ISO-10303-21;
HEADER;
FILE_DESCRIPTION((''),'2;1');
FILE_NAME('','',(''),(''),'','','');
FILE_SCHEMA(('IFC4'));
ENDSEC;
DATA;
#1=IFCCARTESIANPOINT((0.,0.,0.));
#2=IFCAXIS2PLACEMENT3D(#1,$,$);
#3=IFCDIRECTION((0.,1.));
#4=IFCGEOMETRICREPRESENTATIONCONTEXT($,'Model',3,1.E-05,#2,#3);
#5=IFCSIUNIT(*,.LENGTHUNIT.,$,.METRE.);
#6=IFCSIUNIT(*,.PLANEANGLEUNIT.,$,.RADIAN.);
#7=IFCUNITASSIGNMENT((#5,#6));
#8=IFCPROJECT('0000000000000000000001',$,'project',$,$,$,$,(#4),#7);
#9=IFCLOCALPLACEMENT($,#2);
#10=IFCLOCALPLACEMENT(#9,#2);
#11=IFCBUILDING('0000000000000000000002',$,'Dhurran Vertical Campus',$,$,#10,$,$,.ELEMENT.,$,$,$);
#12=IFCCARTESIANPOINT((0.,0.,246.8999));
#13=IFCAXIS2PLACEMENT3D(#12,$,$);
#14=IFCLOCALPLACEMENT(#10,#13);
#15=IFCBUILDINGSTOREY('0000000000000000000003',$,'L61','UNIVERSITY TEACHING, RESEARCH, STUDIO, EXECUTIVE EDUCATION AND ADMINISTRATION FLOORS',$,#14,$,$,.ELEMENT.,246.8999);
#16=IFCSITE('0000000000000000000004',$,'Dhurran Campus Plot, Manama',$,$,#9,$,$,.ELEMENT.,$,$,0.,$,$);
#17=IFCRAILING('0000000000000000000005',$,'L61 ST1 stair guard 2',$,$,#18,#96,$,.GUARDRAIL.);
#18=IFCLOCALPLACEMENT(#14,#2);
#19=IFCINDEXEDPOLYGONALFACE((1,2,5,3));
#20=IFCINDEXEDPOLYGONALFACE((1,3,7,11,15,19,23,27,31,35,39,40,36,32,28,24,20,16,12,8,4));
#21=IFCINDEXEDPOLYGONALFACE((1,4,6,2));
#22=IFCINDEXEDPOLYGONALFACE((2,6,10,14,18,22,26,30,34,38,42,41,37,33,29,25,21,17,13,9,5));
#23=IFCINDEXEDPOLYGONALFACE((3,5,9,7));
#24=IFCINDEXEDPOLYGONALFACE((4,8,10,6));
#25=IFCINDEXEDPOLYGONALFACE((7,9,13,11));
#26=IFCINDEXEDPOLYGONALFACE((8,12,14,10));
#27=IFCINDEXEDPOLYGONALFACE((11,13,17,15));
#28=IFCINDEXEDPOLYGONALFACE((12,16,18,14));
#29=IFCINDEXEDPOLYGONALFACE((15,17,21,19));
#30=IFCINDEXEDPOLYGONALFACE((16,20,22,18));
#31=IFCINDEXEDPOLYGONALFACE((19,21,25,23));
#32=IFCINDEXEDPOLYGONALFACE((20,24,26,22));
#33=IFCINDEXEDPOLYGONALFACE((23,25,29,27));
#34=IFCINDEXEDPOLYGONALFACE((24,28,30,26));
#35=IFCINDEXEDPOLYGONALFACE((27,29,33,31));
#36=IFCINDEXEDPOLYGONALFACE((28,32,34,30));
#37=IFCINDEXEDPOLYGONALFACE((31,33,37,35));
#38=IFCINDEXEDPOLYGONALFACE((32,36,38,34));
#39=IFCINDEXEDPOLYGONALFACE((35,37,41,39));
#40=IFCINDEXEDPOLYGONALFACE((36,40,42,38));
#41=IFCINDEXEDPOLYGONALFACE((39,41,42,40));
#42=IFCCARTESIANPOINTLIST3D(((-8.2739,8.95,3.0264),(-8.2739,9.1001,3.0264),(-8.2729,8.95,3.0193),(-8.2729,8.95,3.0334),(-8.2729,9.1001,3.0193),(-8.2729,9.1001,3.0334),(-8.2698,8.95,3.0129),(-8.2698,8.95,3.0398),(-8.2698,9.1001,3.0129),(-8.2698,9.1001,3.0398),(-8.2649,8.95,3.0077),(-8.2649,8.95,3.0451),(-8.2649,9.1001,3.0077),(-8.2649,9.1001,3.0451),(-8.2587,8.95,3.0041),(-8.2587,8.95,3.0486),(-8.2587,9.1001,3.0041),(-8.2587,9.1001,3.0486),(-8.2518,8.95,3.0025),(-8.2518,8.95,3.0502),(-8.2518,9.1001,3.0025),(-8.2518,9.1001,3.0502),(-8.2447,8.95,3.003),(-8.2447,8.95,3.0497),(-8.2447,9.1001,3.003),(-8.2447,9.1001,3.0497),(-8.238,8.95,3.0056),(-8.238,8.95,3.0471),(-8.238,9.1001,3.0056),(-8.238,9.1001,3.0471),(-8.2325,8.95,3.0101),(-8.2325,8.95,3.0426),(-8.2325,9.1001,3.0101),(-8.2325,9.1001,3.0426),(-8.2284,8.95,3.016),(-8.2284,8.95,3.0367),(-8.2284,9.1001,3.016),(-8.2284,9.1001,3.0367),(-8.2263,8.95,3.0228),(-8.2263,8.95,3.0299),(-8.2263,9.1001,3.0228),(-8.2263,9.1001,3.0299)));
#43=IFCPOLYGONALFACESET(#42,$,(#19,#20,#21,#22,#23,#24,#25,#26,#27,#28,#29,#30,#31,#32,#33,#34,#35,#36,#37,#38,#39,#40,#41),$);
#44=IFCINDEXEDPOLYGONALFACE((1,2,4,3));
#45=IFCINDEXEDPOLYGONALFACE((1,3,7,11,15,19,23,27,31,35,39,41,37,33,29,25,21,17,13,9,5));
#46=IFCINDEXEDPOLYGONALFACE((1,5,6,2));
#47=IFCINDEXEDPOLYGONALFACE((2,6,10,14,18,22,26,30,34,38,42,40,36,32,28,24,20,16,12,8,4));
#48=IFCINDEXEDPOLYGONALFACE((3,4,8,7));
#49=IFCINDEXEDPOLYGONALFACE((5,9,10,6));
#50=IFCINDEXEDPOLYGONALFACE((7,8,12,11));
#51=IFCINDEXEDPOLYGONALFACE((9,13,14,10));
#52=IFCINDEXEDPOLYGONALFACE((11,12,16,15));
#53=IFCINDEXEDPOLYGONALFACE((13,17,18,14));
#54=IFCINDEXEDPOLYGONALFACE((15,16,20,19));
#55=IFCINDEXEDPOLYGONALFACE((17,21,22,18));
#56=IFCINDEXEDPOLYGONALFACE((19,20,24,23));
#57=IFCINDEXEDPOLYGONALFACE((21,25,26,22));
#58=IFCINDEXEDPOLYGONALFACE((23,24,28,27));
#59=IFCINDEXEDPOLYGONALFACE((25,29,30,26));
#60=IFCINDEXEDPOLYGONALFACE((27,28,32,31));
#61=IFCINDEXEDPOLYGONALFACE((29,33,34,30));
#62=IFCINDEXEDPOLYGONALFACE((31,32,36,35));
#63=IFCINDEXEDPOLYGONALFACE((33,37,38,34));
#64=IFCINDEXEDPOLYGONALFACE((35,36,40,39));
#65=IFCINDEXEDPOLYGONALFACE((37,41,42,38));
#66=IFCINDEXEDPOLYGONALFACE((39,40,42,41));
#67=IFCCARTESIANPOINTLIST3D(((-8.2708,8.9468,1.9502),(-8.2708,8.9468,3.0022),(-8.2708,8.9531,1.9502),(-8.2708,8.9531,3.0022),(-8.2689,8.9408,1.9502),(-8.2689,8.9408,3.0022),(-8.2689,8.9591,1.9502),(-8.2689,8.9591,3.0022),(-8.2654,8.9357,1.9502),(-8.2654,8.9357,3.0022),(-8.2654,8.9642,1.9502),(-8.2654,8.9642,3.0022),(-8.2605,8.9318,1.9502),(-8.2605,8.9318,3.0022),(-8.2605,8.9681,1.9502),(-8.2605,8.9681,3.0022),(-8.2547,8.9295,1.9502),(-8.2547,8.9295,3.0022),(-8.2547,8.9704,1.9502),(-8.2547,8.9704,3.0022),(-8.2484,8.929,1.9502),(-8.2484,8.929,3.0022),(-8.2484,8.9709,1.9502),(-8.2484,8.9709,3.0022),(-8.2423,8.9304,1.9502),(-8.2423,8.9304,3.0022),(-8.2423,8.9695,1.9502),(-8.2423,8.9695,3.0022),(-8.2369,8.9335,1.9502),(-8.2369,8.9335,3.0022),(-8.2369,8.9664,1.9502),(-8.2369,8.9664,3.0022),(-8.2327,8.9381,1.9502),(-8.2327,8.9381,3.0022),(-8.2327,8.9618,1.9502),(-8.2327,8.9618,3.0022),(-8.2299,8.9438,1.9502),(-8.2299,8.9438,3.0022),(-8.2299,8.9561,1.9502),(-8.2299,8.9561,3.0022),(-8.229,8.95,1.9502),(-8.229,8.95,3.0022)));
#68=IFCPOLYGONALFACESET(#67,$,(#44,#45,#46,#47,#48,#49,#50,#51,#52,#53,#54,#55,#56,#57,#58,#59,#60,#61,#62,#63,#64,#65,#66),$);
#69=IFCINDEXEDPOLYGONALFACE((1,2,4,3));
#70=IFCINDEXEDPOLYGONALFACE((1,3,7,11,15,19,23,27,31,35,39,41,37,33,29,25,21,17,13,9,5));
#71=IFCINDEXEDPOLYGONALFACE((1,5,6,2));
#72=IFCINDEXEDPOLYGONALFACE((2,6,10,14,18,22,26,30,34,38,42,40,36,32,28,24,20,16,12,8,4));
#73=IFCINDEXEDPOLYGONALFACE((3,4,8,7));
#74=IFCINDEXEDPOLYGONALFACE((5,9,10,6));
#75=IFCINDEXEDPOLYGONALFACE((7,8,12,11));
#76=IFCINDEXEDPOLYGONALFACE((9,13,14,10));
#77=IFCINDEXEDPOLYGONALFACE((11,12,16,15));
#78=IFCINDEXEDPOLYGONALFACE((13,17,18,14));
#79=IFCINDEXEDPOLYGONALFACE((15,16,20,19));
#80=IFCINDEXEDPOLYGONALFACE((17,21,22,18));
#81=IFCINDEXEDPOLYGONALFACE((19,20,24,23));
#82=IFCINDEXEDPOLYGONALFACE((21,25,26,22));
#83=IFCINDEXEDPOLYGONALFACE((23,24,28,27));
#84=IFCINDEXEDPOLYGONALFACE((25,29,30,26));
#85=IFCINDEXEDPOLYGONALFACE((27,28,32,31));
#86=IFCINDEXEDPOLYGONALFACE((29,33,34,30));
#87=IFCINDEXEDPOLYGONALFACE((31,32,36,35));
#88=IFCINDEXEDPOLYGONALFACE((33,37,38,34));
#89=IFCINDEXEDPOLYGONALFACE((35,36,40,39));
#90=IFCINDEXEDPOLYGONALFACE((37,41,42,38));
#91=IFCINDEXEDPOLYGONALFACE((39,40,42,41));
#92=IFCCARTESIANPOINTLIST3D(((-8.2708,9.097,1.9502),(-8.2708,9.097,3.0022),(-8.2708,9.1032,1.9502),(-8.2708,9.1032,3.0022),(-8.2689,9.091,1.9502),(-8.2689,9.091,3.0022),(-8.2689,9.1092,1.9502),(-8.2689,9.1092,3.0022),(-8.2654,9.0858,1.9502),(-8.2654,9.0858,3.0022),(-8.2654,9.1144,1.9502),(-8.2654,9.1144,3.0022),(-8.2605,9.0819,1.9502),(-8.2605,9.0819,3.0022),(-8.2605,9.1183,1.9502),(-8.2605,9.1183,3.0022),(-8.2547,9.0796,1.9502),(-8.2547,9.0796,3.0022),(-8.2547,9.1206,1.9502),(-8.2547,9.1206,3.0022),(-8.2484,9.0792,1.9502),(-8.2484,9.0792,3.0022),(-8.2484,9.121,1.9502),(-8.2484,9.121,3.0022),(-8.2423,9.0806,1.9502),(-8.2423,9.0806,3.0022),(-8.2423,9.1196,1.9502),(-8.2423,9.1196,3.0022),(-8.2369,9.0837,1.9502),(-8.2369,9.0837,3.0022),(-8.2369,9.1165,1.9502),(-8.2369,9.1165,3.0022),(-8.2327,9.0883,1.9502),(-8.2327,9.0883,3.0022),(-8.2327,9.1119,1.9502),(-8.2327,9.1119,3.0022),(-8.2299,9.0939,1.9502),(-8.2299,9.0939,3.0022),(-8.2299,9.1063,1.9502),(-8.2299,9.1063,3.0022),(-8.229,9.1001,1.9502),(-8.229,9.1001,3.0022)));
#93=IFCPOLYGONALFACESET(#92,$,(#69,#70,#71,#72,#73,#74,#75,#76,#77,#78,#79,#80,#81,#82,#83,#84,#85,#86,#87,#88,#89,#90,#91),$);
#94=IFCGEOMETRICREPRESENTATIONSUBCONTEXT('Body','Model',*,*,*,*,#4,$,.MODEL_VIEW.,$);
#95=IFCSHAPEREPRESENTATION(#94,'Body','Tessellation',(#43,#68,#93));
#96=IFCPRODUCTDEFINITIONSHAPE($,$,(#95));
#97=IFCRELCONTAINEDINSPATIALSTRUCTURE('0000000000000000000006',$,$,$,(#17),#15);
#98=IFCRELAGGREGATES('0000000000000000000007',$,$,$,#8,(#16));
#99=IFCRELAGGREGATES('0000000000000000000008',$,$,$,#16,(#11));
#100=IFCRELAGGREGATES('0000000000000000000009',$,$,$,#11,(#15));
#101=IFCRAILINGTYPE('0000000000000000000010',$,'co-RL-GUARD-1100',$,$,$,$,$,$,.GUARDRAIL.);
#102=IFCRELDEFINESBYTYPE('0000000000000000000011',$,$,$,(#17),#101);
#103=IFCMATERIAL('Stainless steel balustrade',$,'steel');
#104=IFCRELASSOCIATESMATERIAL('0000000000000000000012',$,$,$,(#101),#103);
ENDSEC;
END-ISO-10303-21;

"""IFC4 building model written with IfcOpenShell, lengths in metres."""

from ifc_helpers import new_model, si_unit, direction, frame, origin, origin_2d, place, context, subcontext, project, spatial, circle, extrude, material, type_object, element, save


model = new_model("IFC4")

# Units and contexts
model_context = context("Model", 3, precision=1e-05, world=origin(), true_north=direction((0.0, 1.0)))
body_context = subcontext(model_context, "Body", "Model", "MODEL_VIEW")
ifc_project = project(units=[si_unit("LENGTHUNIT", "METRE"), si_unit("PLANEANGLEUNIT", "RADIAN")], contexts=[model_context])

# Site, building, storey
site_placement = place(None, origin())
site = spatial("IfcSite", under=ifc_project, at=site_placement, Name="Dhurran Campus Plot, Manama", CompositionType="ELEMENT", RefElevation=0.0)
building_placement = place(site_placement, origin())
building = spatial("IfcBuilding", under=site, at=building_placement, Name="Dhurran Vertical Campus", CompositionType="ELEMENT")
storey_placement = place(building_placement, frame((0.0, 0.0, 246.8999)))
storey = spatial("IfcBuildingStorey", under=building, at=storey_placement, Name="L61", Description="UNIVERSITY TEACHING, RESEARCH, STUDIO, EXECUTIVE EDUCATION AND ADMINISTRATION FLOORS", CompositionType="ELEMENT", Elevation=246.8999)

# Railing
ifc_material_1 = material(Name="Stainless steel balustrade", Category="steel")
railing_type_1 = type_object("IfcRailingType", Name="co-RL-GUARD-1100", PredefinedType="GUARDRAIL", material=ifc_material_1)
railing_1_placement = place(storey_placement, frame((-8.25, 8.95, 1.9502)))
element("IfcRailing", 1, at=railing_1_placement, inside=storey, type_object=railing_type_1, Name="L61 ST1 stair guard 2", PredefinedType="GUARDRAIL", context=body_context, shape_type="SweptSolid", body=[
    extrude(circle(Radius=0.0239, at=origin_2d()), frame((0.0, 0.0, 1.0762), z_axis=(0.0, 1.0, 0.0), x_axis=(-1.0, 0.0, 0.0)), (0.0, 0.0, 1.0), 0.1501),
    extrude(circle(Radius=0.021, at=origin_2d()), origin(), (0.0, 0.0, 1.0), 1.052),
    extrude(circle(Radius=0.021, at=origin_2d()), frame((0.0, 0.1501, 0.0)), (0.0, 0.0, 1.0), 1.052),
])

save(model, "model.ifc")
